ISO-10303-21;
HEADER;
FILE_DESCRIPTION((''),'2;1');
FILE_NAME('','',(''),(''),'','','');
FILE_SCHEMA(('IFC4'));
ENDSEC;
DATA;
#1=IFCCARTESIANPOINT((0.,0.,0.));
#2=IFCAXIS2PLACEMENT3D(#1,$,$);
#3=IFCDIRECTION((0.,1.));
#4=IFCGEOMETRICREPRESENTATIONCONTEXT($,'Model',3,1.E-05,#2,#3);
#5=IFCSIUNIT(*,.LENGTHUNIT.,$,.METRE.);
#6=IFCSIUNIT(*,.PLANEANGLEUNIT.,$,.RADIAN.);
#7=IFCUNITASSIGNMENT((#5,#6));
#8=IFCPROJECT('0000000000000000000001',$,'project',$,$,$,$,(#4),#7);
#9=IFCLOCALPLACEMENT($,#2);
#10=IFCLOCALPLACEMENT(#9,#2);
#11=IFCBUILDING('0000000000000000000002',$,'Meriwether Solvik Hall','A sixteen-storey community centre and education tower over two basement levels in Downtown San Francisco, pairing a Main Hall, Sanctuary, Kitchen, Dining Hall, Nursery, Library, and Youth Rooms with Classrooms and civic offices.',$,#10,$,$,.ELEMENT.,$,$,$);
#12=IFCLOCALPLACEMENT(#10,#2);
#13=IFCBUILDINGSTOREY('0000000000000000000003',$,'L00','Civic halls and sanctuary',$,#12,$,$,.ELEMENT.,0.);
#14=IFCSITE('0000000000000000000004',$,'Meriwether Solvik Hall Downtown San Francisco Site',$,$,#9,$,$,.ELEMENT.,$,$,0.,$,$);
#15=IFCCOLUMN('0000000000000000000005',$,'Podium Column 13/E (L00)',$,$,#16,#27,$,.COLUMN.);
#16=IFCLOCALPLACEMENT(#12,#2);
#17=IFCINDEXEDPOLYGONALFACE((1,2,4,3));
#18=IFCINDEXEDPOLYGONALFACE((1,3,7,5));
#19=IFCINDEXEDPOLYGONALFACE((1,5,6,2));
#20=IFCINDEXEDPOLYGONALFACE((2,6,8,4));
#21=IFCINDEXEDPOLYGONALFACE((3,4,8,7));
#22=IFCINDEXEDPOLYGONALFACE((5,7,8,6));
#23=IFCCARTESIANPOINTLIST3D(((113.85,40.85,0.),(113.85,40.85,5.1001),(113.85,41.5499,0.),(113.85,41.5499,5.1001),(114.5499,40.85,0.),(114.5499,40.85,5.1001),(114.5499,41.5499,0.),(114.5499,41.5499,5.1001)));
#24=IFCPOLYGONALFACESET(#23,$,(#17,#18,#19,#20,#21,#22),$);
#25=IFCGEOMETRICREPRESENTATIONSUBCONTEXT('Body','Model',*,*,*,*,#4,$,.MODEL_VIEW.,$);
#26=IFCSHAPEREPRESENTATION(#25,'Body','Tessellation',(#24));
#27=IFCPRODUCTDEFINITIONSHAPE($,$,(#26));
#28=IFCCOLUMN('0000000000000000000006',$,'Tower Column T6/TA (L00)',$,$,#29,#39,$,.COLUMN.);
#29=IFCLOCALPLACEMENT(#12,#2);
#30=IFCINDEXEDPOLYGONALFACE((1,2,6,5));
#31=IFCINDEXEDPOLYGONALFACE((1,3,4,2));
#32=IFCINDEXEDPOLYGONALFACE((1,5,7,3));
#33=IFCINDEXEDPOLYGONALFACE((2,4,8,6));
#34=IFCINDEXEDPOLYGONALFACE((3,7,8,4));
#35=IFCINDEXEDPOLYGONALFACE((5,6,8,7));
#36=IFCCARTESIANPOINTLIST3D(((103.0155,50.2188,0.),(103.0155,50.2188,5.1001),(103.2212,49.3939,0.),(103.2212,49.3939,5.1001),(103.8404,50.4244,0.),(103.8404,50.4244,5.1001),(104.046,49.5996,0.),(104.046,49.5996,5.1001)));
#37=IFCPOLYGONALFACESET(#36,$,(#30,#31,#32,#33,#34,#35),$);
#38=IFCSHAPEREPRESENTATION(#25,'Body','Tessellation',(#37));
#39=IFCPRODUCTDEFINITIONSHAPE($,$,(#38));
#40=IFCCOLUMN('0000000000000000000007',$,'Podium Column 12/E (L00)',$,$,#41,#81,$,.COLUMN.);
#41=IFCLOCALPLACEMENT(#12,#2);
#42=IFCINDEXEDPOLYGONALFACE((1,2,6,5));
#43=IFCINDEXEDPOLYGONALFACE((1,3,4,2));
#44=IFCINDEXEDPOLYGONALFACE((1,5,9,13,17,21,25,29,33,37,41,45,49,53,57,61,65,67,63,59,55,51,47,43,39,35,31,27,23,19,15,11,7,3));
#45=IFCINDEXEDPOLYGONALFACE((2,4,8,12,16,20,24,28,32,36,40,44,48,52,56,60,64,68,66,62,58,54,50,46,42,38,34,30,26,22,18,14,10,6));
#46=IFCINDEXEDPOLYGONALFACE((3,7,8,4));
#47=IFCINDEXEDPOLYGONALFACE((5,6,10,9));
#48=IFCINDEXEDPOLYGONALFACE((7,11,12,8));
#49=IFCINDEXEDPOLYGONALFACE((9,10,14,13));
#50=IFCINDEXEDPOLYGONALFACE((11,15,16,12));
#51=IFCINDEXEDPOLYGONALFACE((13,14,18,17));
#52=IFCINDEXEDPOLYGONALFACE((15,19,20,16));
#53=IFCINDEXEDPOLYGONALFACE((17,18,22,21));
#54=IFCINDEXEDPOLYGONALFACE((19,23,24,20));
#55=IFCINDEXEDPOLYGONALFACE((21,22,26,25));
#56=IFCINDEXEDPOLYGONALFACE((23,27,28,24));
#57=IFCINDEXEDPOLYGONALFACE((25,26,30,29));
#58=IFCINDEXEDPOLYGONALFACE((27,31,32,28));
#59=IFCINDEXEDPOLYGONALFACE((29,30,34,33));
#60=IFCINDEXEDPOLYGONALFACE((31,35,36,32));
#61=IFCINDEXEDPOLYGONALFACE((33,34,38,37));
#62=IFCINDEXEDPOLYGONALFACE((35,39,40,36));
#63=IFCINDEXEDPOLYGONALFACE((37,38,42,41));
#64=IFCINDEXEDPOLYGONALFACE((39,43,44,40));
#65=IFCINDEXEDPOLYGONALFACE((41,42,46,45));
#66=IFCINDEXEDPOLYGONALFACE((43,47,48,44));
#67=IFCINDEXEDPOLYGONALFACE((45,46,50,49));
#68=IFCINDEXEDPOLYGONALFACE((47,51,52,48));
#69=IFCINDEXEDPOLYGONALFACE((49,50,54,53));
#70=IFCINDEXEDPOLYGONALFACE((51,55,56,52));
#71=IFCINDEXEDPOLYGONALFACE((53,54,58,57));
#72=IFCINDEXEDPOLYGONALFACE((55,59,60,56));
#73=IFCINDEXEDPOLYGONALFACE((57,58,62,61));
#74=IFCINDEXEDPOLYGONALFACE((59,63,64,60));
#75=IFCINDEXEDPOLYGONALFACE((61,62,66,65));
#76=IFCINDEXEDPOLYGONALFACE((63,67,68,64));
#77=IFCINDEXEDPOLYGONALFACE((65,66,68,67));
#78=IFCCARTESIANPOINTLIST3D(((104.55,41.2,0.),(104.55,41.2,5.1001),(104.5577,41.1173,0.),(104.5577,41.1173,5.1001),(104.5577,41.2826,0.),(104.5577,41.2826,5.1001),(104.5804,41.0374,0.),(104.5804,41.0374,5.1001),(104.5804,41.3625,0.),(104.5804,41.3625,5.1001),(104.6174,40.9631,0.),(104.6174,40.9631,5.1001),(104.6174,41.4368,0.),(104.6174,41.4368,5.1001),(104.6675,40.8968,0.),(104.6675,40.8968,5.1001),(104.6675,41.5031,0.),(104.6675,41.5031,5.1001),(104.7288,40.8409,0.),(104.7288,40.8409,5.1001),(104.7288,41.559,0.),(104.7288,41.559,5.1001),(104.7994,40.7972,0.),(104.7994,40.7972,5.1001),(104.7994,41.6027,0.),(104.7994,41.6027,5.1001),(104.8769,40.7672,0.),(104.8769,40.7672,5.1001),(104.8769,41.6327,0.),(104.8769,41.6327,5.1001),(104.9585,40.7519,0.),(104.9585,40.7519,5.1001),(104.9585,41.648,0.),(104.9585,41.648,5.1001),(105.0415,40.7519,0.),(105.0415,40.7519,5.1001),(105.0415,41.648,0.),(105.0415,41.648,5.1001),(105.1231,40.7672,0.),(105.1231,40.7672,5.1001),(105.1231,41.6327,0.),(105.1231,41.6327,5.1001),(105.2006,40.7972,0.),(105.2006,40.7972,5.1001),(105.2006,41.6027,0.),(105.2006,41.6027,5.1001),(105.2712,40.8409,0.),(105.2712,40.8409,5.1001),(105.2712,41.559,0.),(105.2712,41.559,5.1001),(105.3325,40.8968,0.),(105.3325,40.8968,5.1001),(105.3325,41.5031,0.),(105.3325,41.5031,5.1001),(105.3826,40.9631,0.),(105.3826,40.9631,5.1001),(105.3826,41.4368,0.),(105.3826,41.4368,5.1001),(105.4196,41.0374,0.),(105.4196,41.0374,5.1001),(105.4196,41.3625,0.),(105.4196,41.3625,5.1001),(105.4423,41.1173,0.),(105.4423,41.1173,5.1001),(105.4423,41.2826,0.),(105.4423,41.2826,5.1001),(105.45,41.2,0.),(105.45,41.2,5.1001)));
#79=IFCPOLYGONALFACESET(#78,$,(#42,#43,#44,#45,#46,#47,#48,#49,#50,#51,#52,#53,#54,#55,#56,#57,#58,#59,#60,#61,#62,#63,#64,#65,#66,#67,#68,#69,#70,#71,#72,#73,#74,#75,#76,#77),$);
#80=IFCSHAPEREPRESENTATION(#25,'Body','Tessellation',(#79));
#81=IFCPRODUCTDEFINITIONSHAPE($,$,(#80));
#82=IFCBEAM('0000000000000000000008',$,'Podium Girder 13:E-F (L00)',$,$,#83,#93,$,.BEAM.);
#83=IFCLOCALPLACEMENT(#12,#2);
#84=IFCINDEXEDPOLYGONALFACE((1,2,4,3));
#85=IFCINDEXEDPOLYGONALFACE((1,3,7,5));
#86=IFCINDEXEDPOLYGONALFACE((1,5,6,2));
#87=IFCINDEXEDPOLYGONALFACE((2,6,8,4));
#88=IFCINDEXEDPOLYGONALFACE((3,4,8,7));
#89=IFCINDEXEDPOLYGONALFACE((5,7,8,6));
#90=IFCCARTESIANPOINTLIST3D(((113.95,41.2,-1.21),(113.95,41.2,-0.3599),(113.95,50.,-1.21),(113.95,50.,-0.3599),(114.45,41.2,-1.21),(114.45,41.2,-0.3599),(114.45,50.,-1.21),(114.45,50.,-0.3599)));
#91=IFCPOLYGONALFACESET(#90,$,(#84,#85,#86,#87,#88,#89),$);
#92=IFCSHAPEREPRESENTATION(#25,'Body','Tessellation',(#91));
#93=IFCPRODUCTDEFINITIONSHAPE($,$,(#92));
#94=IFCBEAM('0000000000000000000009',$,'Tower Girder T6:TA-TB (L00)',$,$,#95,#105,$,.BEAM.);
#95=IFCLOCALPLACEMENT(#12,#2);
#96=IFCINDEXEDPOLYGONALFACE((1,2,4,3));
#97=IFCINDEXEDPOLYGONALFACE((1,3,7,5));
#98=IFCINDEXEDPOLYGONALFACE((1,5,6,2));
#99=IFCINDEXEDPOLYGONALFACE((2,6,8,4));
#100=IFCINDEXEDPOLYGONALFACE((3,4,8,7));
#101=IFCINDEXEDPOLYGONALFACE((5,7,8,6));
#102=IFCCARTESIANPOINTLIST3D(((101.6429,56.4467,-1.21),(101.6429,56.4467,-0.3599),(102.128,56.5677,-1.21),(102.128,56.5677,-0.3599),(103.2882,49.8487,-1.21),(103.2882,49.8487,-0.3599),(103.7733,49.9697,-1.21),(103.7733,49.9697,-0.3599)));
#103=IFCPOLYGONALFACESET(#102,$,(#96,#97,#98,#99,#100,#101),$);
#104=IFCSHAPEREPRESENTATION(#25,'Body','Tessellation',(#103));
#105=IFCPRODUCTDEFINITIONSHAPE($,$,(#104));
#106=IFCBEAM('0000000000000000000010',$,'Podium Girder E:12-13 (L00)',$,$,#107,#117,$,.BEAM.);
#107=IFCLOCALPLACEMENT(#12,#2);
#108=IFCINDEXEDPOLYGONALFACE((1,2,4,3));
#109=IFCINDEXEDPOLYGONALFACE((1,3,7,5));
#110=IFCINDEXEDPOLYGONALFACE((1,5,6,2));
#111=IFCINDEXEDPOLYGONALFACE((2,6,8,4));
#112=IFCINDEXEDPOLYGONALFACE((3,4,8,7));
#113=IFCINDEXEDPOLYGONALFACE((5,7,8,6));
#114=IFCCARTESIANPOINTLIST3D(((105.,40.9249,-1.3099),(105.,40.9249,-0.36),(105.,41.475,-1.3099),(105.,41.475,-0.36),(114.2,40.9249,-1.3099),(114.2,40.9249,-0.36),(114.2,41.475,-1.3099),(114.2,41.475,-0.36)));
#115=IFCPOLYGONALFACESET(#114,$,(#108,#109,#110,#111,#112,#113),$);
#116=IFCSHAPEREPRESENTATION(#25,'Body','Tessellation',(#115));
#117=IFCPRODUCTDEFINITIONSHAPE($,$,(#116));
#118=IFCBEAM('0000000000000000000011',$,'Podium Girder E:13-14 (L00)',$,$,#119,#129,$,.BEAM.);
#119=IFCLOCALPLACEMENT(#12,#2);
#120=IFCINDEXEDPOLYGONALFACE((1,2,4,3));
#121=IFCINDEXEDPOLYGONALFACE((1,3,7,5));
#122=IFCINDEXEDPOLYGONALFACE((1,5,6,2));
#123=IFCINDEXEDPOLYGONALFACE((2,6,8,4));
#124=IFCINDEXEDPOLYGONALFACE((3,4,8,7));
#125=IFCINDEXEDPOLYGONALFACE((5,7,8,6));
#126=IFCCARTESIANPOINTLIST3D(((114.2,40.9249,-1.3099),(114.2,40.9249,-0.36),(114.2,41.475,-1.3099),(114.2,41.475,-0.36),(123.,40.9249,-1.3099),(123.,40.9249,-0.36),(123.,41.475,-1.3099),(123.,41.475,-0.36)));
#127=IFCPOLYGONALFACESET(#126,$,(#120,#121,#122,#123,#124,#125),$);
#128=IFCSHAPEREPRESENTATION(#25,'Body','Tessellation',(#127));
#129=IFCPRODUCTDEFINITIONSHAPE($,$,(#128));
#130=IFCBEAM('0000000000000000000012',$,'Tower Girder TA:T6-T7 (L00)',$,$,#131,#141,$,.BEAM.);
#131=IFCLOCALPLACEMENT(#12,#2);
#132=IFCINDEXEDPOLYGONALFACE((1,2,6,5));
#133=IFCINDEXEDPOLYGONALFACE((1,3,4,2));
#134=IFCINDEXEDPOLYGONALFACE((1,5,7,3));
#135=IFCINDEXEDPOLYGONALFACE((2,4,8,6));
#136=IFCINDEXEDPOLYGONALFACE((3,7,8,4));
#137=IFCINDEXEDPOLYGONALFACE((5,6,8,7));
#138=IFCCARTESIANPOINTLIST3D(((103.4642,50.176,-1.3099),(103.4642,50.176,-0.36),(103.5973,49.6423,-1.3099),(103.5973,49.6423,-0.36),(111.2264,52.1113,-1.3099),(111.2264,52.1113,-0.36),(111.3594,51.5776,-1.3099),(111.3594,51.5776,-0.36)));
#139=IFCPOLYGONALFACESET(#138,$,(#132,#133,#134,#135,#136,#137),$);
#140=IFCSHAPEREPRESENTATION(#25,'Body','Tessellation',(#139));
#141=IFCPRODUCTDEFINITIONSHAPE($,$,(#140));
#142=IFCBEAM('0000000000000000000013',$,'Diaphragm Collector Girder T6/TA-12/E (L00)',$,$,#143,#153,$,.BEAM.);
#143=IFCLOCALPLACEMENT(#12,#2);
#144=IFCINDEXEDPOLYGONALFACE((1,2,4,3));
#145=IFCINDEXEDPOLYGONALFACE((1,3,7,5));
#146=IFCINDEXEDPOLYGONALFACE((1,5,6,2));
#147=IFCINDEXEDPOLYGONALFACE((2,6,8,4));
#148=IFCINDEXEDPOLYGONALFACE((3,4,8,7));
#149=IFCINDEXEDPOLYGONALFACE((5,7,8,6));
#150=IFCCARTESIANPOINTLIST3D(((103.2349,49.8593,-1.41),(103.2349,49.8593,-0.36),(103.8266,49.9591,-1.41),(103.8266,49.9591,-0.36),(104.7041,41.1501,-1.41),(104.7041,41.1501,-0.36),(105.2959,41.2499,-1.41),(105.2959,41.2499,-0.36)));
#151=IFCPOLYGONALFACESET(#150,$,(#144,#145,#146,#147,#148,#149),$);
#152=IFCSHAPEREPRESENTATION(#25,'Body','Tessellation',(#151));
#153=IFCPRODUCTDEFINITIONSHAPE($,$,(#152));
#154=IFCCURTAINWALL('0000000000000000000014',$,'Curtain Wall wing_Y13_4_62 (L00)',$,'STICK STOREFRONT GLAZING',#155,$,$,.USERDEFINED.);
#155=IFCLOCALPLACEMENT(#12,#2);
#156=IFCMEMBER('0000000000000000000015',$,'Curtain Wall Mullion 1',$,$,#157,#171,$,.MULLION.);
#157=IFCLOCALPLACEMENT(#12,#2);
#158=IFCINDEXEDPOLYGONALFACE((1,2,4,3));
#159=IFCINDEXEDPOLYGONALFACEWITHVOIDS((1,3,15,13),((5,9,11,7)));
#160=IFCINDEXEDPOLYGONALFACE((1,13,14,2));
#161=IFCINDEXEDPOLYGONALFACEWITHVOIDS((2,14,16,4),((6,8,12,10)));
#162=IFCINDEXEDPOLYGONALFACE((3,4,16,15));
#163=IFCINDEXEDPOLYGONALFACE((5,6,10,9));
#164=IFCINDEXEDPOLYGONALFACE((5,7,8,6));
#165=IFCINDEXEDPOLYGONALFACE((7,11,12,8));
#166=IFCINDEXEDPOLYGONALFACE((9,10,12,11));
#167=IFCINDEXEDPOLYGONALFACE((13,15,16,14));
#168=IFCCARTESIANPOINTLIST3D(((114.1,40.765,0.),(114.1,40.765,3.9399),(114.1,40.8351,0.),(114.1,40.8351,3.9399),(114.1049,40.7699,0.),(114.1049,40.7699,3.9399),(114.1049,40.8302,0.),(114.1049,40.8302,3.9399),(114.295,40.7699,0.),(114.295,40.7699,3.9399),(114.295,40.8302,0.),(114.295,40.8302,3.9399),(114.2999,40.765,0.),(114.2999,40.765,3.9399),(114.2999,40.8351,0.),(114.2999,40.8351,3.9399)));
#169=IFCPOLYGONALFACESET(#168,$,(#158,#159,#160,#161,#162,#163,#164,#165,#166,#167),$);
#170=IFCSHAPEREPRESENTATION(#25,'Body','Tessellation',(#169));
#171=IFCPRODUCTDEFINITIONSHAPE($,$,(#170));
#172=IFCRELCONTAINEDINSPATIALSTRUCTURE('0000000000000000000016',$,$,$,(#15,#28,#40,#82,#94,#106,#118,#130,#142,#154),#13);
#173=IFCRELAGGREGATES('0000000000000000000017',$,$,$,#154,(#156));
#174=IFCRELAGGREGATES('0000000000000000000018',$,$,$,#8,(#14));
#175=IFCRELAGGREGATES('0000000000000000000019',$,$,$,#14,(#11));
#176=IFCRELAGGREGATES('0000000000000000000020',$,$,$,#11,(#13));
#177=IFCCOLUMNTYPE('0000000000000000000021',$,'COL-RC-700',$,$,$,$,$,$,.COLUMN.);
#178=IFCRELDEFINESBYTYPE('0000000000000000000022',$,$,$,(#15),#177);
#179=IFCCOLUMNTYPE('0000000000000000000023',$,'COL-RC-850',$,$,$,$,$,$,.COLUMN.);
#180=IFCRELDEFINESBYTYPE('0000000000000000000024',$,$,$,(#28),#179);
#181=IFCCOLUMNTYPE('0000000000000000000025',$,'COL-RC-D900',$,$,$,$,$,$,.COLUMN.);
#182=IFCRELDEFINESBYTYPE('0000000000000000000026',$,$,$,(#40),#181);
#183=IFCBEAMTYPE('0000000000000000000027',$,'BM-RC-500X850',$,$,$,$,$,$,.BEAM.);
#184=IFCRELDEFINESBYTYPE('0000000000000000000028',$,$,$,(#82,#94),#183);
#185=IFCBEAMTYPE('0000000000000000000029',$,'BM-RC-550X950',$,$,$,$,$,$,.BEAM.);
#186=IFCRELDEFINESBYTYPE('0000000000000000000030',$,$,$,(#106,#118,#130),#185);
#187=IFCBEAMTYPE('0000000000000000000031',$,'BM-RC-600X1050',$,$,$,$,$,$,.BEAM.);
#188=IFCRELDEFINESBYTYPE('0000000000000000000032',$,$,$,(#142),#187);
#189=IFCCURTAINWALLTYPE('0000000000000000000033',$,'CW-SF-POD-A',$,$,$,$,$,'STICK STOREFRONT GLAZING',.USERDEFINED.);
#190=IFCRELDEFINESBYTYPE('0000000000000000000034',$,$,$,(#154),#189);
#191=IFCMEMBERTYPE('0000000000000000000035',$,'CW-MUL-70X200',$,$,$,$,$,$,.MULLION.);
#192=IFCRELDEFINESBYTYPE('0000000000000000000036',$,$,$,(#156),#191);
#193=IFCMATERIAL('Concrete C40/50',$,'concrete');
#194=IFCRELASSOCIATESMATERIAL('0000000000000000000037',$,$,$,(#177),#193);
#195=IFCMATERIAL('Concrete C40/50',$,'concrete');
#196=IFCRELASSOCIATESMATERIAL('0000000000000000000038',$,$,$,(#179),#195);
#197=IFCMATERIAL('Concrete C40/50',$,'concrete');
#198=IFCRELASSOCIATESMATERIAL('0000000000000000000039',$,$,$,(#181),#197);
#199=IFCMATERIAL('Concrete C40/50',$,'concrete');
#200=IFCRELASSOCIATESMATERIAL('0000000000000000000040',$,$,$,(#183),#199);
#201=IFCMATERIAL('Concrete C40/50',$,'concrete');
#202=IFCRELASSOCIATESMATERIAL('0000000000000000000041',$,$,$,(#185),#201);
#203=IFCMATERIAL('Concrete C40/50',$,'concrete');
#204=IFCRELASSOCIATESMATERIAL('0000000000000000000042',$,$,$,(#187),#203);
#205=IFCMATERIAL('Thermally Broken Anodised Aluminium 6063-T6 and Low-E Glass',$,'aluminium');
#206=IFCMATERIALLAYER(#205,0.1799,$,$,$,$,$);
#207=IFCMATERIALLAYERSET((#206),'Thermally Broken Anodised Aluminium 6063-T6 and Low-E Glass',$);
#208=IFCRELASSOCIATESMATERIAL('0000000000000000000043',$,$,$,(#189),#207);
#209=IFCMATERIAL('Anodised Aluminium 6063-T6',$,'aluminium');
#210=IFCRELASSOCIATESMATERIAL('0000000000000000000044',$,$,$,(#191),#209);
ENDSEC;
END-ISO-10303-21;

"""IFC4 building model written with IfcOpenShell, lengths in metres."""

from ifc_helpers import new_model, si_unit, direction, frame, origin, origin_2d, place, context, subcontext, project, spatial, rectangle, hollow_rectangle, circle, extrude, material, layer, layer_set, material_profile, profile_set, type_object, element, aggregate, save


model = new_model("IFC4")

# Units and contexts
model_context = context("Model", 3, precision=1e-05, world=origin(), true_north=direction((0.0, 1.0)))
body_context = subcontext(model_context, "Body", "Model", "MODEL_VIEW")
ifc_project = project(units=[si_unit("LENGTHUNIT", "METRE"), si_unit("PLANEANGLEUNIT", "RADIAN")], contexts=[model_context])

# Site, building, storey
site_placement = place(None, origin())
site = spatial("IfcSite", under=ifc_project, at=site_placement, Name="Meriwether Solvik Hall Downtown San Francisco Site", CompositionType="ELEMENT", RefElevation=0.0)
building_placement = place(site_placement, origin())
building = spatial("IfcBuilding", under=site, at=building_placement, Name="Meriwether Solvik Hall", Description="A sixteen-storey community centre and education tower over two basement levels in Downtown San Francisco, pairing a Main Hall, Sanctuary, Kitchen, Dining Hall, Nursery, Library, and Youth Rooms with Classrooms and civic offices.", CompositionType="ELEMENT")
storey_placement = place(building_placement, origin())
storey = spatial("IfcBuildingStorey", under=building, at=storey_placement, Name="L00", Description="Civic halls and sanctuary", CompositionType="ELEMENT", Elevation=0.0)

# Columns
ifc_material_1 = material(Name="Concrete C40/50", Category="concrete")
ifc_material_profile_1 = material_profile(ifc_material_1, rectangle(XDim=0.7, YDim=0.7, at=origin_2d()), Name="RCC-700X700")
ifc_profile_set_1 = profile_set([ifc_material_profile_1], Name="Concrete C40/50")
column_type_1 = type_object("IfcColumnType", Name="COL-RC-700", PredefinedType="COLUMN", material=ifc_profile_set_1)
column_1_placement = place(storey_placement, frame((114.2, 41.2, 0.0), z_axis=(0.0, 0.0, 1.0), x_axis=(1.0, 0.0, 0.0)))
element("IfcColumn", 1, at=column_1_placement, inside=storey, type_object=column_type_1, Name="Podium Column 13/E (L00)", PredefinedType="COLUMN", context=body_context, shape_type="SweptSolid", body=[
    extrude(rectangle(XDim=0.7, YDim=0.7, at=origin_2d()), origin(), (0.0, 0.0, 1.0), 5.1001),
])
ifc_material_2 = material(Name="Concrete C40/50", Category="concrete")
ifc_material_profile_2 = material_profile(ifc_material_2, rectangle(XDim=0.8501, YDim=0.8501, at=origin_2d()), Name="RCC-850X850")
ifc_profile_set_2 = profile_set([ifc_material_profile_2], Name="Concrete C40/50")
column_type_2 = type_object("IfcColumnType", Name="COL-RC-850", PredefinedType="COLUMN", material=ifc_profile_set_2)
column_2_placement = place(storey_placement, frame((103.5308, 49.9092, 0.0), z_axis=(0.0, 0.0, 1.0), x_axis=(0.970296, 0.241922, 0.0)))
element("IfcColumn", 2, at=column_2_placement, inside=storey, type_object=column_type_2, Name="Tower Column T6/TA (L00)", PredefinedType="COLUMN", context=body_context, shape_type="SweptSolid", body=[
    extrude(rectangle(XDim=0.8501, YDim=0.8501, at=origin_2d()), origin(), (0.0, 0.0, 1.0), 5.1001),
])
ifc_material_3 = material(Name="Concrete C40/50", Category="concrete")
ifc_material_profile_3 = material_profile(ifc_material_3, circle(Radius=0.45, at=origin_2d()), Name="RCC-D900")
ifc_profile_set_3 = profile_set([ifc_material_profile_3], Name="Concrete C40/50")
column_type_3 = type_object("IfcColumnType", Name="COL-RC-D900", PredefinedType="COLUMN", material=ifc_profile_set_3)
column_3_placement = place(storey_placement, frame((105.0, 41.2, 0.0), z_axis=(0.0, 0.0, 1.0), x_axis=(1.0, 0.0, 0.0)))
element("IfcColumn", 3, at=column_3_placement, inside=storey, type_object=column_type_3, Name="Podium Column 12/E (L00)", PredefinedType="COLUMN", context=body_context, shape_type="SweptSolid", body=[
    extrude(circle(Radius=0.45, at=origin_2d()), origin(), (0.0, 0.0, 1.0), 5.1001),
])

# Beams
ifc_material_4 = material(Name="Concrete C40/50", Category="concrete")
ifc_material_profile_4 = material_profile(ifc_material_4, rectangle(XDim=0.5, YDim=0.8501, at=origin_2d()), Name="RCB-500X850")
ifc_profile_set_4 = profile_set([ifc_material_profile_4], Name="Concrete C40/50")
beam_type_1 = type_object("IfcBeamType", Name="BM-RC-500X850", PredefinedType="BEAM", material=ifc_profile_set_4)
beam_1_placement = place(storey_placement, frame((114.2, 41.2, -0.7849), z_axis=(0.0, 1.0, 0.0), x_axis=(-1.0, 0.0, 0.0)))
element("IfcBeam", 4, at=beam_1_placement, inside=storey, type_object=beam_type_1, Name="Podium Girder 13:E-F (L00)", PredefinedType="BEAM", context=body_context, shape_type="SweptSolid", body=[
    extrude(rectangle(XDim=0.5, YDim=0.8501, at=origin_2d()), origin(), (0.0, 0.0, 1.0), 8.8),
])
beam_2_placement = place(storey_placement, frame((103.5308, 49.9092, -0.7849), z_axis=(-0.241953, 0.970288, 0.0), x_axis=(-0.970288, -0.241953, 0.0)))
element("IfcBeam", 5, at=beam_2_placement, inside=storey, type_object=beam_type_1, Name="Tower Girder T6:TA-TB (L00)", PredefinedType="BEAM", context=body_context, shape_type="SweptSolid", body=[
    extrude(rectangle(XDim=0.5, YDim=0.8501, at=origin_2d()), origin(), (0.0, 0.0, 1.0), 6.8),
])
ifc_material_5 = material(Name="Concrete C40/50", Category="concrete")
ifc_material_profile_5 = material_profile(ifc_material_5, rectangle(XDim=0.55, YDim=0.95, at=origin_2d()), Name="RCB-550X950")
ifc_profile_set_5 = profile_set([ifc_material_profile_5], Name="Concrete C40/50")
beam_type_2 = type_object("IfcBeamType", Name="BM-RC-550X950", PredefinedType="BEAM", material=ifc_profile_set_5)
beam_3_placement = place(storey_placement, frame((105.0, 41.2, -0.835), z_axis=(1.0, 0.0, 0.0), x_axis=(0.0, 1.0, 0.0)))
element("IfcBeam", 6, at=beam_3_placement, inside=storey, type_object=beam_type_2, Name="Podium Girder E:12-13 (L00)", PredefinedType="BEAM", context=body_context, shape_type="SweptSolid", body=[
    extrude(rectangle(XDim=0.55, YDim=0.95, at=origin_2d()), origin(), (0.0, 0.0, 1.0), 9.2),
])
beam_4_placement = place(storey_placement, frame((114.2, 41.2, -0.835), z_axis=(1.0, 0.0, 0.0), x_axis=(0.0, 1.0, 0.0)))
element("IfcBeam", 7, at=beam_4_placement, inside=storey, type_object=beam_type_2, Name="Podium Girder E:13-14 (L00)", PredefinedType="BEAM", context=body_context, shape_type="SweptSolid", body=[
    extrude(rectangle(XDim=0.55, YDim=0.95, at=origin_2d()), origin(), (0.0, 0.0, 1.0), 8.8),
])
beam_5_placement = place(storey_placement, frame((103.5308, 49.9092, -0.835), z_axis=(0.970297, 0.241918, 0.0), x_axis=(-0.241918, 0.970297, 0.0)))
element("IfcBeam", 8, at=beam_5_placement, inside=storey, type_object=beam_type_2, Name="Tower Girder TA:T6-T7 (L00)", PredefinedType="BEAM", context=body_context, shape_type="SweptSolid", body=[
    extrude(rectangle(XDim=0.55, YDim=0.95, at=origin_2d()), origin(), (0.0, 0.0, 1.0), 7.9998),
])
ifc_material_6 = material(Name="Concrete C40/50", Category="concrete")
ifc_material_profile_6 = material_profile(ifc_material_6, rectangle(XDim=0.6001, YDim=1.05, at=origin_2d()), Name="RCB-600X1050")
ifc_profile_set_6 = profile_set([ifc_material_profile_6], Name="Concrete C40/50")
beam_type_3 = type_object("IfcBeamType", Name="BM-RC-600X1050", PredefinedType="BEAM", material=ifc_profile_set_6)
beam_6_placement = place(storey_placement, frame((103.5308, 49.9092, -0.885), z_axis=(0.166349, -0.986067, 0.0), x_axis=(0.986067, 0.166349, 0.0)))
element("IfcBeam", 9, at=beam_6_placement, inside=storey, type_object=beam_type_3, Name="Diaphragm Collector Girder T6/TA-12/E (L00)", PredefinedType="BEAM", context=body_context, shape_type="SweptSolid", body=[
    extrude(rectangle(XDim=0.6001, YDim=1.05, at=origin_2d()), origin(), (0.0, 0.0, 1.0), 8.8323),
])

# Curtain wall, member
ifc_material_7 = material(Name="Thermally Broken Anodised Aluminium 6063-T6 and Low-E Glass", Category="aluminium")
ifc_layer_1 = layer(ifc_material_7, 0.1799)
ifc_layer_set_1 = layer_set([ifc_layer_1], Name="Thermally Broken Anodised Aluminium 6063-T6 and Low-E Glass")
curtain_wall_type = type_object("IfcCurtainWallType", Name="CW-SF-POD-A", ElementType="STICK STOREFRONT GLAZING", PredefinedType="USERDEFINED", material=ifc_layer_set_1)
curtain_wall_placement = place(storey_placement, origin())
curtain_wall = element("IfcCurtainWall", 10, at=curtain_wall_placement, inside=storey, type_object=curtain_wall_type, Name="Curtain Wall wing_Y13_4_62 (L00)", ObjectType="STICK STOREFRONT GLAZING", PredefinedType="USERDEFINED")
ifc_material_8 = material(Name="Anodised Aluminium 6063-T6", Category="aluminium")
ifc_material_profile_7 = material_profile(ifc_material_8, hollow_rectangle(XDim=0.0701, YDim=0.2, WallThickness=0.0049, at=origin_2d()), Name="CWM-70X200")
ifc_profile_set_7 = profile_set([ifc_material_profile_7], Name="Anodised Aluminium 6063-T6")
member_type_1 = type_object("IfcMemberType", Name="CW-MUL-70X200", PredefinedType="MULLION", material=ifc_profile_set_7)
member_1_placement = place(storey_placement, frame((114.2, 40.8, 0.0), z_axis=(0.0, 0.0, 1.0), x_axis=(0.0, -1.0, 0.0)))
member_1 = element("IfcMember", 11, at=member_1_placement, type_object=member_type_1, Name="Curtain Wall Mullion 1", PredefinedType="MULLION", context=body_context, shape_type="SweptSolid", body=[
    extrude(hollow_rectangle(XDim=0.0701, YDim=0.2, WallThickness=0.0049, at=origin_2d()), origin(), (0.0, 0.0, 1.0), 3.9399),
])
aggregate(curtain_wall, [member_1])

save(model, "model.ifc")
